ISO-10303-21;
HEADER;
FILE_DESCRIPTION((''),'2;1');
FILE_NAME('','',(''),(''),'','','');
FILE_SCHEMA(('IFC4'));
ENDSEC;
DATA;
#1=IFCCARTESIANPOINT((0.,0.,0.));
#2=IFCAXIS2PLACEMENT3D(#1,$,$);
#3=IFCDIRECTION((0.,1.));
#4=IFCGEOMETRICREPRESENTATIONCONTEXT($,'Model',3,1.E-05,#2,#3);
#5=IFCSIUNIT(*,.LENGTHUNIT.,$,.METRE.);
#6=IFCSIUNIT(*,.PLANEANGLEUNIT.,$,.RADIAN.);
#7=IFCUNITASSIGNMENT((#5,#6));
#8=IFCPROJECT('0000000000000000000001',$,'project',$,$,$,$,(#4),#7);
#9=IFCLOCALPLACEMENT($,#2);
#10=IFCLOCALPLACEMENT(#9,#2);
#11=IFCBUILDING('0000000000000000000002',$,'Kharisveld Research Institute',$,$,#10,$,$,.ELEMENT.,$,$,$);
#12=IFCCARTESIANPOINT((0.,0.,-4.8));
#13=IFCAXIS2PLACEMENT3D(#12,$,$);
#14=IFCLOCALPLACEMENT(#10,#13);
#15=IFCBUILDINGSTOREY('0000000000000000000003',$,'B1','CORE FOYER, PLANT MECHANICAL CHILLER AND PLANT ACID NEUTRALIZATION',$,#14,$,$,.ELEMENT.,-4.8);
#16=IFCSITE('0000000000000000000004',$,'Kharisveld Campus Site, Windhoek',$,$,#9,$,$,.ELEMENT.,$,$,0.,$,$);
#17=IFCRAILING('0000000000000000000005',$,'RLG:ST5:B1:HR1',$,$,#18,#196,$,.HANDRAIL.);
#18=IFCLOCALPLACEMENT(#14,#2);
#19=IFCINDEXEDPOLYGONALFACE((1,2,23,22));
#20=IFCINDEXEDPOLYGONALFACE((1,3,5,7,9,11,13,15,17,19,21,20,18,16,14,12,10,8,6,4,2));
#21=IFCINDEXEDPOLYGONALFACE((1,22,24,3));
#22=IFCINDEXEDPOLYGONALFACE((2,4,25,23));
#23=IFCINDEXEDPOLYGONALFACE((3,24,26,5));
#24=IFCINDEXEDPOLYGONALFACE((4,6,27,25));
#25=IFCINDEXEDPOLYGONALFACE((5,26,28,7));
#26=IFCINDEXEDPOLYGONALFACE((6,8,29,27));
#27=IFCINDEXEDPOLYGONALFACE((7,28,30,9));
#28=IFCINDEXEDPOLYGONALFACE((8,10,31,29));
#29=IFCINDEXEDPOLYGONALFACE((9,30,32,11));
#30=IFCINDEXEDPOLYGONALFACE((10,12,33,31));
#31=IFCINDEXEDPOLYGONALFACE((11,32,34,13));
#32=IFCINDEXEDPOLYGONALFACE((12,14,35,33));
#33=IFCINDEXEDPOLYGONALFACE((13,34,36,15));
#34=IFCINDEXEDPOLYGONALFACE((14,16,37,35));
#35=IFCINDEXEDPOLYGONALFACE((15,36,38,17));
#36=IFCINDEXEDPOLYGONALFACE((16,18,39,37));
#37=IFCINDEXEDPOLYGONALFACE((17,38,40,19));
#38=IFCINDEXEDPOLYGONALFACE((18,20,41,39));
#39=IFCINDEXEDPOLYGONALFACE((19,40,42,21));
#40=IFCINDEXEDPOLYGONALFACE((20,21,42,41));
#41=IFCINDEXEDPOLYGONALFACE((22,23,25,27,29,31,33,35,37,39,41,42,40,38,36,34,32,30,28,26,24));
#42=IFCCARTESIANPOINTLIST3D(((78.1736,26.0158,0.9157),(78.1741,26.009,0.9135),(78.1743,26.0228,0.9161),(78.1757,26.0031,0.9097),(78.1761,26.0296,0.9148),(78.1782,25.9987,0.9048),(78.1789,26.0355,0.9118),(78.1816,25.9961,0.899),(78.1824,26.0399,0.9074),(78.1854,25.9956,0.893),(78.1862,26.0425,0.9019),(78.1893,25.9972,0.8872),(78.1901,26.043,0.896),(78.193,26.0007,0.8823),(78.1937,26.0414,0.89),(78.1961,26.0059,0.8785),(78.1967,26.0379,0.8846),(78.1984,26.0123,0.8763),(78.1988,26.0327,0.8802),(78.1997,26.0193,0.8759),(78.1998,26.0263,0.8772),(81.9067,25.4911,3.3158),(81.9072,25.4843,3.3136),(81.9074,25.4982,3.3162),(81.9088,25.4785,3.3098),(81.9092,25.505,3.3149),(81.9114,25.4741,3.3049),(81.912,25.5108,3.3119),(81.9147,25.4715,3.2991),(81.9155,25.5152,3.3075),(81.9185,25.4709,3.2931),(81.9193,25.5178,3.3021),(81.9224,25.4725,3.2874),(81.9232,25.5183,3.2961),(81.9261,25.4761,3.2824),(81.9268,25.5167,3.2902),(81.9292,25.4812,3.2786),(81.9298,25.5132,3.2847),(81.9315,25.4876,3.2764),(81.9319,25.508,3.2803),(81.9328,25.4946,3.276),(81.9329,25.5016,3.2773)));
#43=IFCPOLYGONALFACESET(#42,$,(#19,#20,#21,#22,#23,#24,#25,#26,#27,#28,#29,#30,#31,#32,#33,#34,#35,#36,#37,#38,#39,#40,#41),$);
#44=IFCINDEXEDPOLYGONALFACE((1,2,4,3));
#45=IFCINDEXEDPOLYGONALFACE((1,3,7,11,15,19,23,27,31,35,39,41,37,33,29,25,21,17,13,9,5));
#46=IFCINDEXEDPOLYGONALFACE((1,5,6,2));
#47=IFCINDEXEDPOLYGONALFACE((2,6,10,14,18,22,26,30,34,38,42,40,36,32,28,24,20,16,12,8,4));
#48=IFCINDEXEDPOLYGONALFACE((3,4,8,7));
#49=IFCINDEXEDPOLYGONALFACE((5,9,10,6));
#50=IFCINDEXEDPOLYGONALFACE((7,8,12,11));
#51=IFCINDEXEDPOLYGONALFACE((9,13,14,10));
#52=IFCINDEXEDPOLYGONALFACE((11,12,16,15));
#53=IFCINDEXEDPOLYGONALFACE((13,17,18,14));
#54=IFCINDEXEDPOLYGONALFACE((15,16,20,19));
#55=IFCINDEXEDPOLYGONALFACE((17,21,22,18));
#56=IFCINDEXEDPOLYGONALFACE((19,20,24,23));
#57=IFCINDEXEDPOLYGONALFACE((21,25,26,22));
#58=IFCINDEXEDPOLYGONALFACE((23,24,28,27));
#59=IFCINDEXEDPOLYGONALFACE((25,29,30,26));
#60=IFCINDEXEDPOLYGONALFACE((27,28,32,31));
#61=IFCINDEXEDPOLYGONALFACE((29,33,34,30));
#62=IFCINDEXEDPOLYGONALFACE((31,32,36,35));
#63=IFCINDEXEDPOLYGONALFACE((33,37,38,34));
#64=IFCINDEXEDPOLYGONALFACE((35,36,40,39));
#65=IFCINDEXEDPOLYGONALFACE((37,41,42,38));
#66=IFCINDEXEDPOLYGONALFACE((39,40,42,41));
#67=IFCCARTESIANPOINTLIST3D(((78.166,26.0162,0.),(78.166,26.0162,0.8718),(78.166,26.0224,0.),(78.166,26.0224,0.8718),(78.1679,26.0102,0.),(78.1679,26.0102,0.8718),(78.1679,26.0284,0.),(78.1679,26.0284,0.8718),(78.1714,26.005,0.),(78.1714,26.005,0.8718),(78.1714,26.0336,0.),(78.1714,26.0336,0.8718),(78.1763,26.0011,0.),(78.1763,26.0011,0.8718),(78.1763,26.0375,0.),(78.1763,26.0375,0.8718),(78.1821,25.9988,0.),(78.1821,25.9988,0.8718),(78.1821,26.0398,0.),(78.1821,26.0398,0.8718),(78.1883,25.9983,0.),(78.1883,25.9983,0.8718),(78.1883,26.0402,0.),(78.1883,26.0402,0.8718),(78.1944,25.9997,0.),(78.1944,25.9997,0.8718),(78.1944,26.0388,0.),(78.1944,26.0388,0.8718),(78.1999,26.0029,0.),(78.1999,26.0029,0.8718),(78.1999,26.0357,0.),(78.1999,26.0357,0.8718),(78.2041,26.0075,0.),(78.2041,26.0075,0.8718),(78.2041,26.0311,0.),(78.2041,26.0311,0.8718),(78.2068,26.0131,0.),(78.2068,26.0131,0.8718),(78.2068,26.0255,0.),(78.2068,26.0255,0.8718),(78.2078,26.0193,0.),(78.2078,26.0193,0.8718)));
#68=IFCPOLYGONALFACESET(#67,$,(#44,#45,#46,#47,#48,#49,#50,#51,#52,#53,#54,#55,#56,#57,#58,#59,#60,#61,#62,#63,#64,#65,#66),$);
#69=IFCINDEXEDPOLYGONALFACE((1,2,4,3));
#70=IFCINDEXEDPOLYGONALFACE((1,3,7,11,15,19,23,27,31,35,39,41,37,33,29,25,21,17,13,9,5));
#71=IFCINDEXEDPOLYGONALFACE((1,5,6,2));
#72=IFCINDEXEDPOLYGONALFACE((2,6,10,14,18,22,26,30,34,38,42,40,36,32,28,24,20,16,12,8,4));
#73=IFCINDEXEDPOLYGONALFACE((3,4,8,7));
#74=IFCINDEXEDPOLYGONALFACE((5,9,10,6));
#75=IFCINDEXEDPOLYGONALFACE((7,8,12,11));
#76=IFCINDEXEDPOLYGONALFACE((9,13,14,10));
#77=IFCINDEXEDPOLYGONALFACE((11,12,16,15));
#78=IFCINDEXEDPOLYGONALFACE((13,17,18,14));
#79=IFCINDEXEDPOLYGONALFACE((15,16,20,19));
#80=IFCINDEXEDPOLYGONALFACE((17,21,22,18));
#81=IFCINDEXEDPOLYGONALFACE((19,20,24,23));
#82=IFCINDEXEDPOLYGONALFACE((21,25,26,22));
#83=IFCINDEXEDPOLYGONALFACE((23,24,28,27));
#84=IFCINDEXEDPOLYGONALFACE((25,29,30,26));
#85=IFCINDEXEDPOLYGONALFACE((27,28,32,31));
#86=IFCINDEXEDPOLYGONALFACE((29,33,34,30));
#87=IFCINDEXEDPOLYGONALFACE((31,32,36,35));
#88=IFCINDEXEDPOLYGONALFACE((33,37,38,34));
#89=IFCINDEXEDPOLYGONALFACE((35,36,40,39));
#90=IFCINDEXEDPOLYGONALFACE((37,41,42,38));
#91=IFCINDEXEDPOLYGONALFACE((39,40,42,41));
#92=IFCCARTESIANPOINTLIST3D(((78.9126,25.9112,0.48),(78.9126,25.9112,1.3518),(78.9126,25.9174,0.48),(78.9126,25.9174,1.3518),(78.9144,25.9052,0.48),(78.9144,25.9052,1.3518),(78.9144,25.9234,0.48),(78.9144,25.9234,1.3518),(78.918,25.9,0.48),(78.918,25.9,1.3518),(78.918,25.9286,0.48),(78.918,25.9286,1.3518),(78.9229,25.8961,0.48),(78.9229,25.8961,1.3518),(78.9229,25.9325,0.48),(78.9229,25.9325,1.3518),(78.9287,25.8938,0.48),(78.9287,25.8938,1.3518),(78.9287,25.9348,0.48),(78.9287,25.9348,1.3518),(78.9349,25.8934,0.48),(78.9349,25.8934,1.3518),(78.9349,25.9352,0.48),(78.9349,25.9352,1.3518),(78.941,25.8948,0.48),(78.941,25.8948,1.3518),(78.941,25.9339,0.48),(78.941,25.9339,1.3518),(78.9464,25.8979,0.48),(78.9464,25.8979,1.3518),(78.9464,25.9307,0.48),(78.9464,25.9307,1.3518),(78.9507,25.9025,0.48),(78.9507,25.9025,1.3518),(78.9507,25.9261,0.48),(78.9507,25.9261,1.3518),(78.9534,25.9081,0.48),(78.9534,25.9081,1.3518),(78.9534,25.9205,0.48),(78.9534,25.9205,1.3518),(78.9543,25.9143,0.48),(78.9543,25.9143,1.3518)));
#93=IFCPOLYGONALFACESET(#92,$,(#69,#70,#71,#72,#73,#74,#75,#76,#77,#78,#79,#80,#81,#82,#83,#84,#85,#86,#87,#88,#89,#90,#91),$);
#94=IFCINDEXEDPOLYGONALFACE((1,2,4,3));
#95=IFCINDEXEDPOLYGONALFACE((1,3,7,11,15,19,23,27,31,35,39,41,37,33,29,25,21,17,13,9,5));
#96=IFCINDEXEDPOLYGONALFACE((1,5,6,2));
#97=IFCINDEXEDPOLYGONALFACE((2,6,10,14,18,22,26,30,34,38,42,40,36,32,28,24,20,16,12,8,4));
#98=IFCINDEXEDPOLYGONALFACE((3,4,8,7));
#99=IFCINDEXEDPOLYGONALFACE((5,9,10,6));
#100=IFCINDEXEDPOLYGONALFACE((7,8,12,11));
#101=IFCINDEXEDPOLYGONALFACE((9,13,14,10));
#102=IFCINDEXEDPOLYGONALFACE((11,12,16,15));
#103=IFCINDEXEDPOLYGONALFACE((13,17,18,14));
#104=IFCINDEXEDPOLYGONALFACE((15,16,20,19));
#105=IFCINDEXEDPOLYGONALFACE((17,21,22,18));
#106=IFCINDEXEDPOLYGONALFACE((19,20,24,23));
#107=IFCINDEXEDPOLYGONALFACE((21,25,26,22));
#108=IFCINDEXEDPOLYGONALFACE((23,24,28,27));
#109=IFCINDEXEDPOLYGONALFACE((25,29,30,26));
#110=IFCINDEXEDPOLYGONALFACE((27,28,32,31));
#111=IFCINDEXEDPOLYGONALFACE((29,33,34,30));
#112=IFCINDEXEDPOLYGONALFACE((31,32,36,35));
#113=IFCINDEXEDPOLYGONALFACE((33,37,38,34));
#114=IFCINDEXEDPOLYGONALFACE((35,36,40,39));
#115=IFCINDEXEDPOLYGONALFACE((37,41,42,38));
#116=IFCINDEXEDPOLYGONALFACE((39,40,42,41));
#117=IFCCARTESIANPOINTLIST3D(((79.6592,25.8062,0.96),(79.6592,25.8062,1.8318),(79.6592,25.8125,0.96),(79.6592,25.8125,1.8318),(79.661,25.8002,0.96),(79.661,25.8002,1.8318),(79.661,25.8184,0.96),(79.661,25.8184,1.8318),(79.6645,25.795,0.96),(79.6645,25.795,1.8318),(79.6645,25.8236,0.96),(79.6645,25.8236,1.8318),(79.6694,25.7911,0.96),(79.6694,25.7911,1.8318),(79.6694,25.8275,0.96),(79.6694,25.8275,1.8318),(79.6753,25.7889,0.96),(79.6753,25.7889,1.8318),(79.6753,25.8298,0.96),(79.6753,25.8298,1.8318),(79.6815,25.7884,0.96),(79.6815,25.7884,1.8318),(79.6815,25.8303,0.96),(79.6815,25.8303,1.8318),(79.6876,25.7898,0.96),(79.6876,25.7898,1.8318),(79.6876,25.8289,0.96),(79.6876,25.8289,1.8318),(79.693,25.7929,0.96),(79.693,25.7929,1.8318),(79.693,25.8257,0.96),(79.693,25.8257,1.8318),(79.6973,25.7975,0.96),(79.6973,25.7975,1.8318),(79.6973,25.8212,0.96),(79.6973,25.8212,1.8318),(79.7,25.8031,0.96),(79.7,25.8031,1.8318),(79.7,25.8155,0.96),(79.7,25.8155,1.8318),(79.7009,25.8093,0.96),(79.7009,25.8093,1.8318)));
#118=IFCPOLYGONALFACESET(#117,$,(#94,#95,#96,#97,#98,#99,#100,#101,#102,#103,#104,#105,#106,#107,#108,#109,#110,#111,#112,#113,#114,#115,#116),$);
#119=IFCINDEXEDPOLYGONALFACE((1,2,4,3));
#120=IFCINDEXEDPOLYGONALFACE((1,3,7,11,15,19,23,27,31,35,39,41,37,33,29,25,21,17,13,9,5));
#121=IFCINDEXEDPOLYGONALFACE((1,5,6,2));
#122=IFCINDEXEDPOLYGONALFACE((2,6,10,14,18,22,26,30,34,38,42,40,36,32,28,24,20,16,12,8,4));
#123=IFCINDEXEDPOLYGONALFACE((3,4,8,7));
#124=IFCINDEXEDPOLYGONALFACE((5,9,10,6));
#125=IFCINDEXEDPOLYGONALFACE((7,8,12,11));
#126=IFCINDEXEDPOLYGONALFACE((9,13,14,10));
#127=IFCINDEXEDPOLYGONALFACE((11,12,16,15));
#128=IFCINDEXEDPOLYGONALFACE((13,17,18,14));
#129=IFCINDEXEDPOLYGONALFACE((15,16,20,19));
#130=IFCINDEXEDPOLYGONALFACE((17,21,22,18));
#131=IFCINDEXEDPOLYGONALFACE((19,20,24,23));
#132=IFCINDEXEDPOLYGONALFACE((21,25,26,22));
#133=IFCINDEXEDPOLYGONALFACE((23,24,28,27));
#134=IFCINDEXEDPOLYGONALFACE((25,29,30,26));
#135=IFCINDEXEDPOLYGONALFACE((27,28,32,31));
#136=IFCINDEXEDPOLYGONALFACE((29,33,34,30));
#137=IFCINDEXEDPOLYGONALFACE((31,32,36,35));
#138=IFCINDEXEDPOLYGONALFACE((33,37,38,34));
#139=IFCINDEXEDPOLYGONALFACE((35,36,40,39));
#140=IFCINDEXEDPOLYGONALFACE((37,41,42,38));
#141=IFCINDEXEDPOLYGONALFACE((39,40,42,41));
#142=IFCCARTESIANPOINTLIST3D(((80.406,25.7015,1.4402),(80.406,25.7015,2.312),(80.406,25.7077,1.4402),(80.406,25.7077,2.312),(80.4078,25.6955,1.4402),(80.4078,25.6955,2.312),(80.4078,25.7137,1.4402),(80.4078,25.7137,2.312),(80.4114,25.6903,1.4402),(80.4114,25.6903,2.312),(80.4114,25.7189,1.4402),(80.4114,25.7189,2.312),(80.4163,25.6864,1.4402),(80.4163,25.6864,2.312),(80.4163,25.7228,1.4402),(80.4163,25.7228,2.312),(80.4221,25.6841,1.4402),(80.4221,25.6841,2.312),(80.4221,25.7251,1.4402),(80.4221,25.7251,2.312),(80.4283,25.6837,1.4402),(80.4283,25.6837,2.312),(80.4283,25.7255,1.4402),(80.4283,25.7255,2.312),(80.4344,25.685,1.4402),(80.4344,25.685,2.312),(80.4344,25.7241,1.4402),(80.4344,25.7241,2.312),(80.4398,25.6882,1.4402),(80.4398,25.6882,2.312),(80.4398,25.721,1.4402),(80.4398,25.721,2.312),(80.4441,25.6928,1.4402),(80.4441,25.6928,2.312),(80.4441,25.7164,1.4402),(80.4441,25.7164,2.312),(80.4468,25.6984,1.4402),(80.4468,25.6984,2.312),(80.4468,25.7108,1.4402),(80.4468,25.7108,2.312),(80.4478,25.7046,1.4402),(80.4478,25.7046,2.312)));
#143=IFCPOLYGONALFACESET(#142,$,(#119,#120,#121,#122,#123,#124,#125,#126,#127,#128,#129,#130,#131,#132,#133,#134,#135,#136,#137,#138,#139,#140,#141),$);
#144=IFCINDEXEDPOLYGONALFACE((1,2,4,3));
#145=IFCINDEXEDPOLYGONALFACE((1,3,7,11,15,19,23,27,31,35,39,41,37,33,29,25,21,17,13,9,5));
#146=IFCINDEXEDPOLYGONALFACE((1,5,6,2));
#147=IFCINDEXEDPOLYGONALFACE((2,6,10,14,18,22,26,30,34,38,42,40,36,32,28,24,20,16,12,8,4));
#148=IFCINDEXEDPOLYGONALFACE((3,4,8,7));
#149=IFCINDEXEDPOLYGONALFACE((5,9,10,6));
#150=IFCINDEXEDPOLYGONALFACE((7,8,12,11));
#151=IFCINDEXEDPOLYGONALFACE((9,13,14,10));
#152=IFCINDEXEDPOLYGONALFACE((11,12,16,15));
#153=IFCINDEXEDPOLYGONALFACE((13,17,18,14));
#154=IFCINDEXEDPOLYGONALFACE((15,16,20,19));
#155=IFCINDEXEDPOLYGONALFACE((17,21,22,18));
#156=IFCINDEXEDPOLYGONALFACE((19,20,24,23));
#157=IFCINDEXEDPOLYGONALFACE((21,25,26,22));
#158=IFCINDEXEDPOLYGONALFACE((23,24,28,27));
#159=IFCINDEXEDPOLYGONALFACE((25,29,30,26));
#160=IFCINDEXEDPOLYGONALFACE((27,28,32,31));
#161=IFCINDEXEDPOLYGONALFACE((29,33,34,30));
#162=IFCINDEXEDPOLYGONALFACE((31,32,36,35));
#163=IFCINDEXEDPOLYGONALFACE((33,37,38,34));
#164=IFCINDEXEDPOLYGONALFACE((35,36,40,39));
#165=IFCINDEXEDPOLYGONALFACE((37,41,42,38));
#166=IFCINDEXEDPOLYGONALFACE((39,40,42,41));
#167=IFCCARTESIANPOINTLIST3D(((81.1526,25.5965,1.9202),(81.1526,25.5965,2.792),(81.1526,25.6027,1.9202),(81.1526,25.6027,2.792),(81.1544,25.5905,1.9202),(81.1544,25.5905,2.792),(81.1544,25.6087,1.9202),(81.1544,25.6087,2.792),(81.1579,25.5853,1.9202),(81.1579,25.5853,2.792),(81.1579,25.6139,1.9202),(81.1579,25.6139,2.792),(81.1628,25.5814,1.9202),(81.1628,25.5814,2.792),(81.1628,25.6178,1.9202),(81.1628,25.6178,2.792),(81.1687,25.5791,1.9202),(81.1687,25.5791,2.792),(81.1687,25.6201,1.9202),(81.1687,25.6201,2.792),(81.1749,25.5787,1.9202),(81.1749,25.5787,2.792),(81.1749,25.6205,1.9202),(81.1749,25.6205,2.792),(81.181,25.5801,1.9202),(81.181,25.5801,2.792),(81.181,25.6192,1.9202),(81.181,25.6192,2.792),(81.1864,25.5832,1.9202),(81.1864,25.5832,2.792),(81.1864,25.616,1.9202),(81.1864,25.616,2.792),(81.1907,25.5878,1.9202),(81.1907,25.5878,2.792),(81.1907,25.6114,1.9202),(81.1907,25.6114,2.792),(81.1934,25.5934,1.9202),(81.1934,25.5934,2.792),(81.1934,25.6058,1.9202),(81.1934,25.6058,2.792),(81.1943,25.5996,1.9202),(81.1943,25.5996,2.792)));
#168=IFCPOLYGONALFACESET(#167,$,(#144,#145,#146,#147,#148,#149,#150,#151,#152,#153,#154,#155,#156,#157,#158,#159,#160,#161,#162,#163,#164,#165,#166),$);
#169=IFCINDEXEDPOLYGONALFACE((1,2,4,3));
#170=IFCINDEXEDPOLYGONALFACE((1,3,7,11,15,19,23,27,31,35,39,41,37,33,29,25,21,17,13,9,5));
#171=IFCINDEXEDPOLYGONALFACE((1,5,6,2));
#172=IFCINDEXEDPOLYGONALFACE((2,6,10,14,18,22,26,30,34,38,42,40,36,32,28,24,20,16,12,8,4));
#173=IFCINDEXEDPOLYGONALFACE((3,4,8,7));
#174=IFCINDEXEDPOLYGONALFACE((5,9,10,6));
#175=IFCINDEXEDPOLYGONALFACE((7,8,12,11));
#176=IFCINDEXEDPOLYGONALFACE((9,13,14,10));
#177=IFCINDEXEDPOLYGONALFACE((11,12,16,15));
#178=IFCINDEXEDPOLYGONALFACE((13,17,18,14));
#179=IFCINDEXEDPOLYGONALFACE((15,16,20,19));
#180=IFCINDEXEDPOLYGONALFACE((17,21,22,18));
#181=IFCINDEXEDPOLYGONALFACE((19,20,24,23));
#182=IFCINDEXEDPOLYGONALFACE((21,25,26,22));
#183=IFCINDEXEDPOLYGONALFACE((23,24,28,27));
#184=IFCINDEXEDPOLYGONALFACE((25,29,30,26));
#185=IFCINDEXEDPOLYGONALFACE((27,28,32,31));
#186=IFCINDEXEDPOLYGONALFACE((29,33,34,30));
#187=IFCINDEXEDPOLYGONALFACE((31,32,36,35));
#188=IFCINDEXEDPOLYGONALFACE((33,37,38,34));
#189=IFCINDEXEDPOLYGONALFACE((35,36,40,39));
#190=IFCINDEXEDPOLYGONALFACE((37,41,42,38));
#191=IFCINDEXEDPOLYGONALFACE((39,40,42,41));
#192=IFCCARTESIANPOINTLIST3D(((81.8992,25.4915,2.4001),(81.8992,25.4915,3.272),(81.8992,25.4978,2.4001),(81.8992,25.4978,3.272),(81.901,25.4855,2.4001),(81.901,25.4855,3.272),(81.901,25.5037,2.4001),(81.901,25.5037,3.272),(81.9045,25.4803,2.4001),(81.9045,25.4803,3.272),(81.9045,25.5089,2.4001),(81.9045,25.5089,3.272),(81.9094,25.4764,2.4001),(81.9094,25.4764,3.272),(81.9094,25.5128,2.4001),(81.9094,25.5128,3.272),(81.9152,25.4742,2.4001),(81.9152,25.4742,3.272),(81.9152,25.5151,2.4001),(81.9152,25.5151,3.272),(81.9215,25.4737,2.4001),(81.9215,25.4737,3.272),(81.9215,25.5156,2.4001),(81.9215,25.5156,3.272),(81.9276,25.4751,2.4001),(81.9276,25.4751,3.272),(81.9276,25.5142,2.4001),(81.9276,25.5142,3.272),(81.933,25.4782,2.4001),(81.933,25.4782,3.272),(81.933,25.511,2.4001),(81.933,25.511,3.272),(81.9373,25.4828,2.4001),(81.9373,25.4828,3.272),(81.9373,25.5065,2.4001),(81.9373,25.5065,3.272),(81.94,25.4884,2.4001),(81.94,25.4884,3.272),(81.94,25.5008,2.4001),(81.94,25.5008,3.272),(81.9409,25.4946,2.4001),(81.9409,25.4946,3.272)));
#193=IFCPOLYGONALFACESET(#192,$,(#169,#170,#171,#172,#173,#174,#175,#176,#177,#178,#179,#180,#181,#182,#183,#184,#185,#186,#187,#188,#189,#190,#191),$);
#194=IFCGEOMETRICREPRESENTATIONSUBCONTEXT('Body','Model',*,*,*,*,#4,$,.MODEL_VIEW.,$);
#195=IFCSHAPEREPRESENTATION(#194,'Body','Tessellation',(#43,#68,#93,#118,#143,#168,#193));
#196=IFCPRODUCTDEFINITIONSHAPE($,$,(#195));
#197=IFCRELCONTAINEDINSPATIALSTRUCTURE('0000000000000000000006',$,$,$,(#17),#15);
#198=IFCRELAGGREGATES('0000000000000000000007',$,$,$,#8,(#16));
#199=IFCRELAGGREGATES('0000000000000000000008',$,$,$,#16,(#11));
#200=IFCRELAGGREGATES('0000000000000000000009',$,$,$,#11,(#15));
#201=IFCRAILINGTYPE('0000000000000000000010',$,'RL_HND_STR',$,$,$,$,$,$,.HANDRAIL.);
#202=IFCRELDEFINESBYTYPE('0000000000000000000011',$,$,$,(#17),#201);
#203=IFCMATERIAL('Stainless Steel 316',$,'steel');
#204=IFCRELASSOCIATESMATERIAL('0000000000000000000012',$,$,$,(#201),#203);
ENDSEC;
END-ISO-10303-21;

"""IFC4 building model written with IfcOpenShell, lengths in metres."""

from ifc_helpers import new_model, si_unit, direction, frame, origin, origin_2d, place, context, subcontext, project, spatial, circle, extrude, material, type_object, element, save


model = new_model("IFC4")

# Units and contexts
model_context = context("Model", 3, precision=1e-05, world=origin(), true_north=direction((0.0, 1.0)))
body_context = subcontext(model_context, "Body", "Model", "MODEL_VIEW")
ifc_project = project(units=[si_unit("LENGTHUNIT", "METRE"), si_unit("PLANEANGLEUNIT", "RADIAN")], contexts=[model_context])

# Site, building, storey
site_placement = place(None, origin())
site = spatial("IfcSite", under=ifc_project, at=site_placement, Name="Kharisveld Campus Site, Windhoek", CompositionType="ELEMENT", RefElevation=0.0)
building_placement = place(site_placement, origin())
building = spatial("IfcBuilding", under=site, at=building_placement, Name="Kharisveld Research Institute", CompositionType="ELEMENT")
storey_placement = place(building_placement, frame((0.0, 0.0, -4.8)))
storey = spatial("IfcBuildingStorey", under=building, at=storey_placement, Name="B1", Description="CORE FOYER, PLANT MECHANICAL CHILLER AND PLANT ACID NEUTRALIZATION", CompositionType="ELEMENT", Elevation=-4.8)

# Railing
ifc_material_1 = material(Name="Stainless Steel 316", Category="steel")
railing_type_1 = type_object("IfcRailingType", Name="RL_HND_STR", PredefinedType="HANDRAIL", material=ifc_material_1)
railing_1_placement = place(storey_placement, frame((78.1868, 26.0193, 0.0)))
element("IfcRailing", 1, at=railing_1_placement, inside=storey, type_object=railing_type_1, Name="RLG:ST5:B1:HR1", PredefinedType="HANDRAIL", context=body_context, shape_type="SweptSolid", body=[
    extrude(circle(Radius=0.0239, at=origin_2d()), frame((0.0, 0.0, 0.896), z_axis=(0.835335, -0.117398, 0.53706), x_axis=(0.139172, 0.990268, 0.0)), (0.0, 0.0, 1.0), 4.469),
    extrude(circle(Radius=0.021, at=origin_2d()), origin(), (0.0, 0.0, 1.0), 0.8718),
    extrude(circle(Radius=0.021, at=origin_2d()), frame((0.7466, -0.105, 0.48)), (0.0, 0.0, 1.0), 0.8718),
    extrude(circle(Radius=0.021, at=origin_2d()), frame((1.4932, -0.21, 0.96)), (0.0, 0.0, 1.0), 0.8718),
    extrude(circle(Radius=0.021, at=origin_2d()), frame((2.24, -0.3147, 1.4402)), (0.0, 0.0, 1.0), 0.8718),
    extrude(circle(Radius=0.021, at=origin_2d()), frame((2.9866, -0.4197, 1.9202)), (0.0, 0.0, 1.0), 0.8718),
    extrude(circle(Radius=0.021, at=origin_2d()), frame((3.7332, -0.5247, 2.4001)), (0.0, 0.0, 1.0), 0.8718),
])

save(model, "model.ifc")
